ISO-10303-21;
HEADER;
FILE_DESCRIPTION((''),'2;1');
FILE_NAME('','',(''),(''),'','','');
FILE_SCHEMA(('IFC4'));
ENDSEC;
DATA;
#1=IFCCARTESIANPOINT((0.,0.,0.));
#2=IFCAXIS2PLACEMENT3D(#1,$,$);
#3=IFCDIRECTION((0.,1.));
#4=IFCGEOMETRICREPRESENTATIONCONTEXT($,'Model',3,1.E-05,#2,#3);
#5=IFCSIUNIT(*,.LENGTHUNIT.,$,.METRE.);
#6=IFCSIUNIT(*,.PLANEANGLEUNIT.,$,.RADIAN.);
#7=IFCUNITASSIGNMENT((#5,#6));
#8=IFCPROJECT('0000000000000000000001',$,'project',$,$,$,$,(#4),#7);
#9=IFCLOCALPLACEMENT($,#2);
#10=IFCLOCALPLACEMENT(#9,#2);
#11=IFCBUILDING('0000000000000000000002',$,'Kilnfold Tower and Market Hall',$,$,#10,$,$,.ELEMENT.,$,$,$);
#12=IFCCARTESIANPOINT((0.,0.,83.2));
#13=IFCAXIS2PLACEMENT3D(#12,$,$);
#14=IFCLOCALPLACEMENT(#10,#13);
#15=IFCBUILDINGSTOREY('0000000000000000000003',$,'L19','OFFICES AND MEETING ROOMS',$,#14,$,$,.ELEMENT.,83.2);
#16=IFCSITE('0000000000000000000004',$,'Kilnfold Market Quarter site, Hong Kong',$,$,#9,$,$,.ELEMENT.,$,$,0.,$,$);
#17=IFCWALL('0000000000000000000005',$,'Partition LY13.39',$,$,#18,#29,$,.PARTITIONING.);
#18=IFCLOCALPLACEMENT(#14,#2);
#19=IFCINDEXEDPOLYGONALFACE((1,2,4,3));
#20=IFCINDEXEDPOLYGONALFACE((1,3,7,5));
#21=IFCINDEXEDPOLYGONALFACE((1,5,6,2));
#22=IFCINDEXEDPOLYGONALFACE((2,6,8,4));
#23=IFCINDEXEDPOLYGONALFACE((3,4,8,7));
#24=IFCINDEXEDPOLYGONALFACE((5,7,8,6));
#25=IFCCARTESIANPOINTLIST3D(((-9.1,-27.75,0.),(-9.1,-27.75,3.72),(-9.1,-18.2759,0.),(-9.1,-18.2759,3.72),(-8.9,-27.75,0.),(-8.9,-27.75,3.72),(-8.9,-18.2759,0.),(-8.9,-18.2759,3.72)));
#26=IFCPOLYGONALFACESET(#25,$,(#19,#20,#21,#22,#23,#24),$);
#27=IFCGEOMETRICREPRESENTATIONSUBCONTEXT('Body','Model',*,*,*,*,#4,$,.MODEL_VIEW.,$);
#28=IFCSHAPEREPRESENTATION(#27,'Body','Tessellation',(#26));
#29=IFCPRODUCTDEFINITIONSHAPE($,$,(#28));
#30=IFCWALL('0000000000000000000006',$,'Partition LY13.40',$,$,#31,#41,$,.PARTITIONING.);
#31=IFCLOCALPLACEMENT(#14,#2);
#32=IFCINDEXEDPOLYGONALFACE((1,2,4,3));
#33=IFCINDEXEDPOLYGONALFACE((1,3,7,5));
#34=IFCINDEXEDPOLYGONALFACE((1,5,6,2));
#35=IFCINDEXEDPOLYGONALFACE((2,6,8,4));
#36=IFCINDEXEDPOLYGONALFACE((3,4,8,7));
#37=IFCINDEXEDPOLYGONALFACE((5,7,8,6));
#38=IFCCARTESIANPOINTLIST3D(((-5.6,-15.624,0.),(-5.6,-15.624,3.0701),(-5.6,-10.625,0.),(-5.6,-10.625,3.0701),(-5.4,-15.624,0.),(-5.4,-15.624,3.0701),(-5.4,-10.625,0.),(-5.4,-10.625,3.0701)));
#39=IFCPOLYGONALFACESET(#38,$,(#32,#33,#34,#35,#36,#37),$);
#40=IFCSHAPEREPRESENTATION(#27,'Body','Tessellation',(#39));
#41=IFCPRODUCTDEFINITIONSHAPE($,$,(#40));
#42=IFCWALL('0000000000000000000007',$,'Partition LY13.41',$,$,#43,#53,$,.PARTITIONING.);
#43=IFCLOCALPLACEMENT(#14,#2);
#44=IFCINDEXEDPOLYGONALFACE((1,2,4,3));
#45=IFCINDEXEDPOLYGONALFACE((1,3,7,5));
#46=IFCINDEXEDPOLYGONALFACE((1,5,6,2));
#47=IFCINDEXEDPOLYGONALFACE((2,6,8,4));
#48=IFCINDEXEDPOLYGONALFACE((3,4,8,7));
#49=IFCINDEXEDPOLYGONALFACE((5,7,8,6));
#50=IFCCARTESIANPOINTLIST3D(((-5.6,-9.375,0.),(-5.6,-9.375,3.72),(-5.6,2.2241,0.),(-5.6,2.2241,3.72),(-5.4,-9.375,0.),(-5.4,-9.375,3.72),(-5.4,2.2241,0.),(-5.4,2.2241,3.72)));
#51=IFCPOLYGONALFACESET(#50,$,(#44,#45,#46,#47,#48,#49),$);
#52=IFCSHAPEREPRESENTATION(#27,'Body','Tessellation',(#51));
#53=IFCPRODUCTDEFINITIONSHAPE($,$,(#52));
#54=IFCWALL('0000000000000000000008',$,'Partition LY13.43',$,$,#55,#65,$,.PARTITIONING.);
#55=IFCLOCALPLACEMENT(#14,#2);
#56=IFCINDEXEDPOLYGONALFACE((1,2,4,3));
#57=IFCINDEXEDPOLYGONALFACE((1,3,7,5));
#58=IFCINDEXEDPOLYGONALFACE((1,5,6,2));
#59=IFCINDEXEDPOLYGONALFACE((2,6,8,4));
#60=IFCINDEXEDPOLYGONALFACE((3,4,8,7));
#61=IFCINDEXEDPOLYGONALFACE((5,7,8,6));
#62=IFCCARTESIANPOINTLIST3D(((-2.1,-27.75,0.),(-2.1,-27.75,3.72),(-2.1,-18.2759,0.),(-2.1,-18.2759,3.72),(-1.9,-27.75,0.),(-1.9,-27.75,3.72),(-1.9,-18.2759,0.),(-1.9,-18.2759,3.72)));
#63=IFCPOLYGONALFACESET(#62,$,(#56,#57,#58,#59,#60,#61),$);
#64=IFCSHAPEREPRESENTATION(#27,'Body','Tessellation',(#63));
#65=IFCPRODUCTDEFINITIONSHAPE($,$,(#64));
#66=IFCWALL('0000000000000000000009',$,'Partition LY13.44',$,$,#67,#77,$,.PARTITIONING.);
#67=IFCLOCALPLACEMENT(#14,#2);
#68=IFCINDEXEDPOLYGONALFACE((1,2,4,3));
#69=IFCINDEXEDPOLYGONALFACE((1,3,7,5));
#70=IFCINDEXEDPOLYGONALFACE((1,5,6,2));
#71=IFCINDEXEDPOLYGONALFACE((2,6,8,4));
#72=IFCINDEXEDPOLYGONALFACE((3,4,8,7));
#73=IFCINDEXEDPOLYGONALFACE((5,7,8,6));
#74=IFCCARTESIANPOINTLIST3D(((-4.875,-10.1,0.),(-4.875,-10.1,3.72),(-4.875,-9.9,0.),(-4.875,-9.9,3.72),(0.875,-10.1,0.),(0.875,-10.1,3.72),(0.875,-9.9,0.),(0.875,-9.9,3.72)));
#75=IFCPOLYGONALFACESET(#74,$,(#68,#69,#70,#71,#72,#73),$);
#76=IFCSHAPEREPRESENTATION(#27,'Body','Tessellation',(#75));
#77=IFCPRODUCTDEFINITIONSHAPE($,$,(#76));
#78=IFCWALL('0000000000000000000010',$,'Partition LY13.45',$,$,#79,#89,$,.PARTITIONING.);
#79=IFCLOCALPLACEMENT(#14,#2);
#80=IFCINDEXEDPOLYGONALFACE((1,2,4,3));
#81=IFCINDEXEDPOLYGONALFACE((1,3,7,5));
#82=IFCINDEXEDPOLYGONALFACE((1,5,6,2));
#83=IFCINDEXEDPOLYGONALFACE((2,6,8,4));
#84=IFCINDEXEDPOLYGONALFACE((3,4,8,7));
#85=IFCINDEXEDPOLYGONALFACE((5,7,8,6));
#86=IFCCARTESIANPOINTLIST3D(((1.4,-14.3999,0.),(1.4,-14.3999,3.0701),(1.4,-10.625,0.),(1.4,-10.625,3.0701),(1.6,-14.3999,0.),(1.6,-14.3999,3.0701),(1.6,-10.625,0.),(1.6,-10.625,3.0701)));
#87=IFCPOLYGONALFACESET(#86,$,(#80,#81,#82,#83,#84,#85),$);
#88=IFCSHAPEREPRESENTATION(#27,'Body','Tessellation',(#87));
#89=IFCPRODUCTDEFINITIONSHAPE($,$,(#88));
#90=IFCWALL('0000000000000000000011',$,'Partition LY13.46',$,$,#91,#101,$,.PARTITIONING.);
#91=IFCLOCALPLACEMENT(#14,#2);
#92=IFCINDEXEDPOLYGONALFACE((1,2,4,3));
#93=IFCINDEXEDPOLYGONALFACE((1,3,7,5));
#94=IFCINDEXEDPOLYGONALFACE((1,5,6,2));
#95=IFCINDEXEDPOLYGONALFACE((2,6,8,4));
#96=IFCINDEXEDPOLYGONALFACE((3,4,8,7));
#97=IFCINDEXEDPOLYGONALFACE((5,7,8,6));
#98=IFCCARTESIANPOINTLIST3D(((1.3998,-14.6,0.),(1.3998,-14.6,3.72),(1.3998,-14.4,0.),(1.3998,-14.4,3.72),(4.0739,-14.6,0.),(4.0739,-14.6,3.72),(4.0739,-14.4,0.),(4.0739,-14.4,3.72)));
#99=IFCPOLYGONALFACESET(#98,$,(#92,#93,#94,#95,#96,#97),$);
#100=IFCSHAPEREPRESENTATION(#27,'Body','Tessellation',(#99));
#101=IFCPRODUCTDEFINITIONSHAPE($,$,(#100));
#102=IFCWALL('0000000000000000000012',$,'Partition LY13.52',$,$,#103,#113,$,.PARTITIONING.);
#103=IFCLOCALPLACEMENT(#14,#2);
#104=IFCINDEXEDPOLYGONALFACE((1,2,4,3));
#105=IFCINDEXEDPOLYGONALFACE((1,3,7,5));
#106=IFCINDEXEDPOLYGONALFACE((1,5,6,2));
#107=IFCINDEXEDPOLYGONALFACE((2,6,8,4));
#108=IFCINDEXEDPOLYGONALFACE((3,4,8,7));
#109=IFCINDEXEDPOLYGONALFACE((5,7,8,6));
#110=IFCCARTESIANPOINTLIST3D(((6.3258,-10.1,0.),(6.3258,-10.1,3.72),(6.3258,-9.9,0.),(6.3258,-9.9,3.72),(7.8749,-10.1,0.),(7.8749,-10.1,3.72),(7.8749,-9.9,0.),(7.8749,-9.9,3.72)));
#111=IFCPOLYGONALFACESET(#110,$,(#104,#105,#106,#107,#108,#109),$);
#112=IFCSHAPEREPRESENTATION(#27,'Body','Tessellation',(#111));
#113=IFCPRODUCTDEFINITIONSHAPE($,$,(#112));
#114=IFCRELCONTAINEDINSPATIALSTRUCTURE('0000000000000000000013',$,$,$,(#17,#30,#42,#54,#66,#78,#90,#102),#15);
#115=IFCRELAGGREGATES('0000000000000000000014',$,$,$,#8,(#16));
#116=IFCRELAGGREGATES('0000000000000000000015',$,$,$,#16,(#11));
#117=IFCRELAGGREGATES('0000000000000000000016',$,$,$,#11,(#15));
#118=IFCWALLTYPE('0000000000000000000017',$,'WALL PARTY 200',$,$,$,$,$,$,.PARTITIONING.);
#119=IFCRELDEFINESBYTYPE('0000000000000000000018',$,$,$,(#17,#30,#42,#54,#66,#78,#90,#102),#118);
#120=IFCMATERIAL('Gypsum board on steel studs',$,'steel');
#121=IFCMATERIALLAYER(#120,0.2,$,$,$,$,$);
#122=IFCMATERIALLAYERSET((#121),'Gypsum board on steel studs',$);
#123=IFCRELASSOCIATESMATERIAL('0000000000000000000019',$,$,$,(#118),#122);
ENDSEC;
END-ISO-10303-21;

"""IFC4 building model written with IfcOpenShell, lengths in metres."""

from ifc_helpers import new_model, si_unit, direction, frame, frame_2d, origin, place, context, subcontext, project, spatial, rectangle, extrude, material, layer, layer_set, type_object, element, save


model = new_model("IFC4")

# Units and contexts
model_context = context("Model", 3, precision=1e-05, world=origin(), true_north=direction((0.0, 1.0)))
body_context = subcontext(model_context, "Body", "Model", "MODEL_VIEW")
ifc_project = project(units=[si_unit("LENGTHUNIT", "METRE"), si_unit("PLANEANGLEUNIT", "RADIAN")], contexts=[model_context])

# Site, building, storey
site_placement = place(None, origin())
site = spatial("IfcSite", under=ifc_project, at=site_placement, Name="Kilnfold Market Quarter site, Hong Kong", CompositionType="ELEMENT", RefElevation=0.0)
building_placement = place(site_placement, origin())
building = spatial("IfcBuilding", under=site, at=building_placement, Name="Kilnfold Tower and Market Hall", CompositionType="ELEMENT")
storey_placement = place(building_placement, frame((0.0, 0.0, 83.2)))
storey = spatial("IfcBuildingStorey", under=building, at=storey_placement, Name="L19", Description="OFFICES AND MEETING ROOMS", CompositionType="ELEMENT", Elevation=83.2)

# Walls
ifc_material_1 = material(Name="Gypsum board on steel studs", Category="steel")
ifc_layer_1 = layer(ifc_material_1, 0.2)
ifc_layer_set_1 = layer_set([ifc_layer_1], Name="Gypsum board on steel studs")
wall_type_1 = type_object("IfcWallType", Name="WALL PARTY 200", PredefinedType="PARTITIONING", material=ifc_layer_set_1)
wall_1_placement = place(storey_placement, frame((-9.0, -27.75, 0.0), z_axis=(0.0, 0.0, 1.0), x_axis=(0.0, 1.0, 0.0)))
element("IfcWall", 1, at=wall_1_placement, inside=storey, type_object=wall_type_1, Name="Partition LY13.39", PredefinedType="PARTITIONING", context=body_context, shape_type="SweptSolid", body=[
    extrude(rectangle(XDim=9.4741, YDim=0.2, at=frame_2d((4.7371, 0.0))), origin(), (0.0, 0.0, 1.0), 3.72),
])
wall_2_placement = place(storey_placement, frame((-5.5, -15.624, 0.0), z_axis=(0.0, 0.0, 1.0), x_axis=(0.0, 1.0, 0.0)))
element("IfcWall", 2, at=wall_2_placement, inside=storey, type_object=wall_type_1, Name="Partition LY13.40", PredefinedType="PARTITIONING", context=body_context, shape_type="SweptSolid", body=[
    extrude(rectangle(XDim=4.999, YDim=0.2, at=frame_2d((2.4995, 0.0))), origin(), (0.0, 0.0, 1.0), 3.0701),
])
wall_3_placement = place(storey_placement, frame((-5.5, -9.375, 0.0), z_axis=(0.0, 0.0, 1.0), x_axis=(0.0, 1.0, 0.0)))
element("IfcWall", 3, at=wall_3_placement, inside=storey, type_object=wall_type_1, Name="Partition LY13.41", PredefinedType="PARTITIONING", context=body_context, shape_type="SweptSolid", body=[
    extrude(rectangle(XDim=11.5991, YDim=0.2, at=frame_2d((5.7996, 0.0))), origin(), (0.0, 0.0, 1.0), 3.72),
])
wall_4_placement = place(storey_placement, frame((-2.0, -27.75, 0.0), z_axis=(0.0, 0.0, 1.0), x_axis=(0.0, 1.0, 0.0)))
element("IfcWall", 4, at=wall_4_placement, inside=storey, type_object=wall_type_1, Name="Partition LY13.43", PredefinedType="PARTITIONING", context=body_context, shape_type="SweptSolid", body=[
    extrude(rectangle(XDim=9.4741, YDim=0.2, at=frame_2d((4.7371, 0.0))), origin(), (0.0, 0.0, 1.0), 3.72),
])
wall_5_placement = place(storey_placement, frame((-4.875, -10.0, 0.0), z_axis=(0.0, 0.0, 1.0), x_axis=(1.0, 0.0, 0.0)))
element("IfcWall", 5, at=wall_5_placement, inside=storey, type_object=wall_type_1, Name="Partition LY13.44", PredefinedType="PARTITIONING", context=body_context, shape_type="SweptSolid", body=[
    extrude(rectangle(XDim=5.75, YDim=0.2, at=frame_2d((2.875, 0.0))), origin(), (0.0, 0.0, 1.0), 3.72),
])
wall_6_placement = place(storey_placement, frame((1.5, -14.3999, 0.0), z_axis=(0.0, 0.0, 1.0), x_axis=(0.0, 1.0, 0.0)))
element("IfcWall", 6, at=wall_6_placement, inside=storey, type_object=wall_type_1, Name="Partition LY13.45", PredefinedType="PARTITIONING", context=body_context, shape_type="SweptSolid", body=[
    extrude(rectangle(XDim=3.7749, YDim=0.2, at=frame_2d((1.8875, 0.0))), origin(), (0.0, 0.0, 1.0), 3.0701),
])
wall_7_placement = place(storey_placement, frame((1.3999, -14.5, 0.0), z_axis=(0.0, 0.0, 1.0), x_axis=(1.0, 0.0, 0.0)))
element("IfcWall", 7, at=wall_7_placement, inside=storey, type_object=wall_type_1, Name="Partition LY13.46", PredefinedType="PARTITIONING", context=body_context, shape_type="SweptSolid", body=[
    extrude(rectangle(XDim=2.6741, YDim=0.2, at=frame_2d((1.3369, 0.0))), origin(), (0.0, 0.0, 1.0), 3.72),
])
wall_8_placement = place(storey_placement, frame((6.3259, -10.0, 0.0), z_axis=(0.0, 0.0, 1.0), x_axis=(1.0, 0.0, 0.0)))
element("IfcWall", 8, at=wall_8_placement, inside=storey, type_object=wall_type_1, Name="Partition LY13.52", PredefinedType="PARTITIONING", context=body_context, shape_type="SweptSolid", body=[
    extrude(rectangle(XDim=1.5491, YDim=0.2, at=frame_2d((0.7744, 0.0))), origin(), (0.0, 0.0, 1.0), 3.72),
])

save(model, "model.ifc")
